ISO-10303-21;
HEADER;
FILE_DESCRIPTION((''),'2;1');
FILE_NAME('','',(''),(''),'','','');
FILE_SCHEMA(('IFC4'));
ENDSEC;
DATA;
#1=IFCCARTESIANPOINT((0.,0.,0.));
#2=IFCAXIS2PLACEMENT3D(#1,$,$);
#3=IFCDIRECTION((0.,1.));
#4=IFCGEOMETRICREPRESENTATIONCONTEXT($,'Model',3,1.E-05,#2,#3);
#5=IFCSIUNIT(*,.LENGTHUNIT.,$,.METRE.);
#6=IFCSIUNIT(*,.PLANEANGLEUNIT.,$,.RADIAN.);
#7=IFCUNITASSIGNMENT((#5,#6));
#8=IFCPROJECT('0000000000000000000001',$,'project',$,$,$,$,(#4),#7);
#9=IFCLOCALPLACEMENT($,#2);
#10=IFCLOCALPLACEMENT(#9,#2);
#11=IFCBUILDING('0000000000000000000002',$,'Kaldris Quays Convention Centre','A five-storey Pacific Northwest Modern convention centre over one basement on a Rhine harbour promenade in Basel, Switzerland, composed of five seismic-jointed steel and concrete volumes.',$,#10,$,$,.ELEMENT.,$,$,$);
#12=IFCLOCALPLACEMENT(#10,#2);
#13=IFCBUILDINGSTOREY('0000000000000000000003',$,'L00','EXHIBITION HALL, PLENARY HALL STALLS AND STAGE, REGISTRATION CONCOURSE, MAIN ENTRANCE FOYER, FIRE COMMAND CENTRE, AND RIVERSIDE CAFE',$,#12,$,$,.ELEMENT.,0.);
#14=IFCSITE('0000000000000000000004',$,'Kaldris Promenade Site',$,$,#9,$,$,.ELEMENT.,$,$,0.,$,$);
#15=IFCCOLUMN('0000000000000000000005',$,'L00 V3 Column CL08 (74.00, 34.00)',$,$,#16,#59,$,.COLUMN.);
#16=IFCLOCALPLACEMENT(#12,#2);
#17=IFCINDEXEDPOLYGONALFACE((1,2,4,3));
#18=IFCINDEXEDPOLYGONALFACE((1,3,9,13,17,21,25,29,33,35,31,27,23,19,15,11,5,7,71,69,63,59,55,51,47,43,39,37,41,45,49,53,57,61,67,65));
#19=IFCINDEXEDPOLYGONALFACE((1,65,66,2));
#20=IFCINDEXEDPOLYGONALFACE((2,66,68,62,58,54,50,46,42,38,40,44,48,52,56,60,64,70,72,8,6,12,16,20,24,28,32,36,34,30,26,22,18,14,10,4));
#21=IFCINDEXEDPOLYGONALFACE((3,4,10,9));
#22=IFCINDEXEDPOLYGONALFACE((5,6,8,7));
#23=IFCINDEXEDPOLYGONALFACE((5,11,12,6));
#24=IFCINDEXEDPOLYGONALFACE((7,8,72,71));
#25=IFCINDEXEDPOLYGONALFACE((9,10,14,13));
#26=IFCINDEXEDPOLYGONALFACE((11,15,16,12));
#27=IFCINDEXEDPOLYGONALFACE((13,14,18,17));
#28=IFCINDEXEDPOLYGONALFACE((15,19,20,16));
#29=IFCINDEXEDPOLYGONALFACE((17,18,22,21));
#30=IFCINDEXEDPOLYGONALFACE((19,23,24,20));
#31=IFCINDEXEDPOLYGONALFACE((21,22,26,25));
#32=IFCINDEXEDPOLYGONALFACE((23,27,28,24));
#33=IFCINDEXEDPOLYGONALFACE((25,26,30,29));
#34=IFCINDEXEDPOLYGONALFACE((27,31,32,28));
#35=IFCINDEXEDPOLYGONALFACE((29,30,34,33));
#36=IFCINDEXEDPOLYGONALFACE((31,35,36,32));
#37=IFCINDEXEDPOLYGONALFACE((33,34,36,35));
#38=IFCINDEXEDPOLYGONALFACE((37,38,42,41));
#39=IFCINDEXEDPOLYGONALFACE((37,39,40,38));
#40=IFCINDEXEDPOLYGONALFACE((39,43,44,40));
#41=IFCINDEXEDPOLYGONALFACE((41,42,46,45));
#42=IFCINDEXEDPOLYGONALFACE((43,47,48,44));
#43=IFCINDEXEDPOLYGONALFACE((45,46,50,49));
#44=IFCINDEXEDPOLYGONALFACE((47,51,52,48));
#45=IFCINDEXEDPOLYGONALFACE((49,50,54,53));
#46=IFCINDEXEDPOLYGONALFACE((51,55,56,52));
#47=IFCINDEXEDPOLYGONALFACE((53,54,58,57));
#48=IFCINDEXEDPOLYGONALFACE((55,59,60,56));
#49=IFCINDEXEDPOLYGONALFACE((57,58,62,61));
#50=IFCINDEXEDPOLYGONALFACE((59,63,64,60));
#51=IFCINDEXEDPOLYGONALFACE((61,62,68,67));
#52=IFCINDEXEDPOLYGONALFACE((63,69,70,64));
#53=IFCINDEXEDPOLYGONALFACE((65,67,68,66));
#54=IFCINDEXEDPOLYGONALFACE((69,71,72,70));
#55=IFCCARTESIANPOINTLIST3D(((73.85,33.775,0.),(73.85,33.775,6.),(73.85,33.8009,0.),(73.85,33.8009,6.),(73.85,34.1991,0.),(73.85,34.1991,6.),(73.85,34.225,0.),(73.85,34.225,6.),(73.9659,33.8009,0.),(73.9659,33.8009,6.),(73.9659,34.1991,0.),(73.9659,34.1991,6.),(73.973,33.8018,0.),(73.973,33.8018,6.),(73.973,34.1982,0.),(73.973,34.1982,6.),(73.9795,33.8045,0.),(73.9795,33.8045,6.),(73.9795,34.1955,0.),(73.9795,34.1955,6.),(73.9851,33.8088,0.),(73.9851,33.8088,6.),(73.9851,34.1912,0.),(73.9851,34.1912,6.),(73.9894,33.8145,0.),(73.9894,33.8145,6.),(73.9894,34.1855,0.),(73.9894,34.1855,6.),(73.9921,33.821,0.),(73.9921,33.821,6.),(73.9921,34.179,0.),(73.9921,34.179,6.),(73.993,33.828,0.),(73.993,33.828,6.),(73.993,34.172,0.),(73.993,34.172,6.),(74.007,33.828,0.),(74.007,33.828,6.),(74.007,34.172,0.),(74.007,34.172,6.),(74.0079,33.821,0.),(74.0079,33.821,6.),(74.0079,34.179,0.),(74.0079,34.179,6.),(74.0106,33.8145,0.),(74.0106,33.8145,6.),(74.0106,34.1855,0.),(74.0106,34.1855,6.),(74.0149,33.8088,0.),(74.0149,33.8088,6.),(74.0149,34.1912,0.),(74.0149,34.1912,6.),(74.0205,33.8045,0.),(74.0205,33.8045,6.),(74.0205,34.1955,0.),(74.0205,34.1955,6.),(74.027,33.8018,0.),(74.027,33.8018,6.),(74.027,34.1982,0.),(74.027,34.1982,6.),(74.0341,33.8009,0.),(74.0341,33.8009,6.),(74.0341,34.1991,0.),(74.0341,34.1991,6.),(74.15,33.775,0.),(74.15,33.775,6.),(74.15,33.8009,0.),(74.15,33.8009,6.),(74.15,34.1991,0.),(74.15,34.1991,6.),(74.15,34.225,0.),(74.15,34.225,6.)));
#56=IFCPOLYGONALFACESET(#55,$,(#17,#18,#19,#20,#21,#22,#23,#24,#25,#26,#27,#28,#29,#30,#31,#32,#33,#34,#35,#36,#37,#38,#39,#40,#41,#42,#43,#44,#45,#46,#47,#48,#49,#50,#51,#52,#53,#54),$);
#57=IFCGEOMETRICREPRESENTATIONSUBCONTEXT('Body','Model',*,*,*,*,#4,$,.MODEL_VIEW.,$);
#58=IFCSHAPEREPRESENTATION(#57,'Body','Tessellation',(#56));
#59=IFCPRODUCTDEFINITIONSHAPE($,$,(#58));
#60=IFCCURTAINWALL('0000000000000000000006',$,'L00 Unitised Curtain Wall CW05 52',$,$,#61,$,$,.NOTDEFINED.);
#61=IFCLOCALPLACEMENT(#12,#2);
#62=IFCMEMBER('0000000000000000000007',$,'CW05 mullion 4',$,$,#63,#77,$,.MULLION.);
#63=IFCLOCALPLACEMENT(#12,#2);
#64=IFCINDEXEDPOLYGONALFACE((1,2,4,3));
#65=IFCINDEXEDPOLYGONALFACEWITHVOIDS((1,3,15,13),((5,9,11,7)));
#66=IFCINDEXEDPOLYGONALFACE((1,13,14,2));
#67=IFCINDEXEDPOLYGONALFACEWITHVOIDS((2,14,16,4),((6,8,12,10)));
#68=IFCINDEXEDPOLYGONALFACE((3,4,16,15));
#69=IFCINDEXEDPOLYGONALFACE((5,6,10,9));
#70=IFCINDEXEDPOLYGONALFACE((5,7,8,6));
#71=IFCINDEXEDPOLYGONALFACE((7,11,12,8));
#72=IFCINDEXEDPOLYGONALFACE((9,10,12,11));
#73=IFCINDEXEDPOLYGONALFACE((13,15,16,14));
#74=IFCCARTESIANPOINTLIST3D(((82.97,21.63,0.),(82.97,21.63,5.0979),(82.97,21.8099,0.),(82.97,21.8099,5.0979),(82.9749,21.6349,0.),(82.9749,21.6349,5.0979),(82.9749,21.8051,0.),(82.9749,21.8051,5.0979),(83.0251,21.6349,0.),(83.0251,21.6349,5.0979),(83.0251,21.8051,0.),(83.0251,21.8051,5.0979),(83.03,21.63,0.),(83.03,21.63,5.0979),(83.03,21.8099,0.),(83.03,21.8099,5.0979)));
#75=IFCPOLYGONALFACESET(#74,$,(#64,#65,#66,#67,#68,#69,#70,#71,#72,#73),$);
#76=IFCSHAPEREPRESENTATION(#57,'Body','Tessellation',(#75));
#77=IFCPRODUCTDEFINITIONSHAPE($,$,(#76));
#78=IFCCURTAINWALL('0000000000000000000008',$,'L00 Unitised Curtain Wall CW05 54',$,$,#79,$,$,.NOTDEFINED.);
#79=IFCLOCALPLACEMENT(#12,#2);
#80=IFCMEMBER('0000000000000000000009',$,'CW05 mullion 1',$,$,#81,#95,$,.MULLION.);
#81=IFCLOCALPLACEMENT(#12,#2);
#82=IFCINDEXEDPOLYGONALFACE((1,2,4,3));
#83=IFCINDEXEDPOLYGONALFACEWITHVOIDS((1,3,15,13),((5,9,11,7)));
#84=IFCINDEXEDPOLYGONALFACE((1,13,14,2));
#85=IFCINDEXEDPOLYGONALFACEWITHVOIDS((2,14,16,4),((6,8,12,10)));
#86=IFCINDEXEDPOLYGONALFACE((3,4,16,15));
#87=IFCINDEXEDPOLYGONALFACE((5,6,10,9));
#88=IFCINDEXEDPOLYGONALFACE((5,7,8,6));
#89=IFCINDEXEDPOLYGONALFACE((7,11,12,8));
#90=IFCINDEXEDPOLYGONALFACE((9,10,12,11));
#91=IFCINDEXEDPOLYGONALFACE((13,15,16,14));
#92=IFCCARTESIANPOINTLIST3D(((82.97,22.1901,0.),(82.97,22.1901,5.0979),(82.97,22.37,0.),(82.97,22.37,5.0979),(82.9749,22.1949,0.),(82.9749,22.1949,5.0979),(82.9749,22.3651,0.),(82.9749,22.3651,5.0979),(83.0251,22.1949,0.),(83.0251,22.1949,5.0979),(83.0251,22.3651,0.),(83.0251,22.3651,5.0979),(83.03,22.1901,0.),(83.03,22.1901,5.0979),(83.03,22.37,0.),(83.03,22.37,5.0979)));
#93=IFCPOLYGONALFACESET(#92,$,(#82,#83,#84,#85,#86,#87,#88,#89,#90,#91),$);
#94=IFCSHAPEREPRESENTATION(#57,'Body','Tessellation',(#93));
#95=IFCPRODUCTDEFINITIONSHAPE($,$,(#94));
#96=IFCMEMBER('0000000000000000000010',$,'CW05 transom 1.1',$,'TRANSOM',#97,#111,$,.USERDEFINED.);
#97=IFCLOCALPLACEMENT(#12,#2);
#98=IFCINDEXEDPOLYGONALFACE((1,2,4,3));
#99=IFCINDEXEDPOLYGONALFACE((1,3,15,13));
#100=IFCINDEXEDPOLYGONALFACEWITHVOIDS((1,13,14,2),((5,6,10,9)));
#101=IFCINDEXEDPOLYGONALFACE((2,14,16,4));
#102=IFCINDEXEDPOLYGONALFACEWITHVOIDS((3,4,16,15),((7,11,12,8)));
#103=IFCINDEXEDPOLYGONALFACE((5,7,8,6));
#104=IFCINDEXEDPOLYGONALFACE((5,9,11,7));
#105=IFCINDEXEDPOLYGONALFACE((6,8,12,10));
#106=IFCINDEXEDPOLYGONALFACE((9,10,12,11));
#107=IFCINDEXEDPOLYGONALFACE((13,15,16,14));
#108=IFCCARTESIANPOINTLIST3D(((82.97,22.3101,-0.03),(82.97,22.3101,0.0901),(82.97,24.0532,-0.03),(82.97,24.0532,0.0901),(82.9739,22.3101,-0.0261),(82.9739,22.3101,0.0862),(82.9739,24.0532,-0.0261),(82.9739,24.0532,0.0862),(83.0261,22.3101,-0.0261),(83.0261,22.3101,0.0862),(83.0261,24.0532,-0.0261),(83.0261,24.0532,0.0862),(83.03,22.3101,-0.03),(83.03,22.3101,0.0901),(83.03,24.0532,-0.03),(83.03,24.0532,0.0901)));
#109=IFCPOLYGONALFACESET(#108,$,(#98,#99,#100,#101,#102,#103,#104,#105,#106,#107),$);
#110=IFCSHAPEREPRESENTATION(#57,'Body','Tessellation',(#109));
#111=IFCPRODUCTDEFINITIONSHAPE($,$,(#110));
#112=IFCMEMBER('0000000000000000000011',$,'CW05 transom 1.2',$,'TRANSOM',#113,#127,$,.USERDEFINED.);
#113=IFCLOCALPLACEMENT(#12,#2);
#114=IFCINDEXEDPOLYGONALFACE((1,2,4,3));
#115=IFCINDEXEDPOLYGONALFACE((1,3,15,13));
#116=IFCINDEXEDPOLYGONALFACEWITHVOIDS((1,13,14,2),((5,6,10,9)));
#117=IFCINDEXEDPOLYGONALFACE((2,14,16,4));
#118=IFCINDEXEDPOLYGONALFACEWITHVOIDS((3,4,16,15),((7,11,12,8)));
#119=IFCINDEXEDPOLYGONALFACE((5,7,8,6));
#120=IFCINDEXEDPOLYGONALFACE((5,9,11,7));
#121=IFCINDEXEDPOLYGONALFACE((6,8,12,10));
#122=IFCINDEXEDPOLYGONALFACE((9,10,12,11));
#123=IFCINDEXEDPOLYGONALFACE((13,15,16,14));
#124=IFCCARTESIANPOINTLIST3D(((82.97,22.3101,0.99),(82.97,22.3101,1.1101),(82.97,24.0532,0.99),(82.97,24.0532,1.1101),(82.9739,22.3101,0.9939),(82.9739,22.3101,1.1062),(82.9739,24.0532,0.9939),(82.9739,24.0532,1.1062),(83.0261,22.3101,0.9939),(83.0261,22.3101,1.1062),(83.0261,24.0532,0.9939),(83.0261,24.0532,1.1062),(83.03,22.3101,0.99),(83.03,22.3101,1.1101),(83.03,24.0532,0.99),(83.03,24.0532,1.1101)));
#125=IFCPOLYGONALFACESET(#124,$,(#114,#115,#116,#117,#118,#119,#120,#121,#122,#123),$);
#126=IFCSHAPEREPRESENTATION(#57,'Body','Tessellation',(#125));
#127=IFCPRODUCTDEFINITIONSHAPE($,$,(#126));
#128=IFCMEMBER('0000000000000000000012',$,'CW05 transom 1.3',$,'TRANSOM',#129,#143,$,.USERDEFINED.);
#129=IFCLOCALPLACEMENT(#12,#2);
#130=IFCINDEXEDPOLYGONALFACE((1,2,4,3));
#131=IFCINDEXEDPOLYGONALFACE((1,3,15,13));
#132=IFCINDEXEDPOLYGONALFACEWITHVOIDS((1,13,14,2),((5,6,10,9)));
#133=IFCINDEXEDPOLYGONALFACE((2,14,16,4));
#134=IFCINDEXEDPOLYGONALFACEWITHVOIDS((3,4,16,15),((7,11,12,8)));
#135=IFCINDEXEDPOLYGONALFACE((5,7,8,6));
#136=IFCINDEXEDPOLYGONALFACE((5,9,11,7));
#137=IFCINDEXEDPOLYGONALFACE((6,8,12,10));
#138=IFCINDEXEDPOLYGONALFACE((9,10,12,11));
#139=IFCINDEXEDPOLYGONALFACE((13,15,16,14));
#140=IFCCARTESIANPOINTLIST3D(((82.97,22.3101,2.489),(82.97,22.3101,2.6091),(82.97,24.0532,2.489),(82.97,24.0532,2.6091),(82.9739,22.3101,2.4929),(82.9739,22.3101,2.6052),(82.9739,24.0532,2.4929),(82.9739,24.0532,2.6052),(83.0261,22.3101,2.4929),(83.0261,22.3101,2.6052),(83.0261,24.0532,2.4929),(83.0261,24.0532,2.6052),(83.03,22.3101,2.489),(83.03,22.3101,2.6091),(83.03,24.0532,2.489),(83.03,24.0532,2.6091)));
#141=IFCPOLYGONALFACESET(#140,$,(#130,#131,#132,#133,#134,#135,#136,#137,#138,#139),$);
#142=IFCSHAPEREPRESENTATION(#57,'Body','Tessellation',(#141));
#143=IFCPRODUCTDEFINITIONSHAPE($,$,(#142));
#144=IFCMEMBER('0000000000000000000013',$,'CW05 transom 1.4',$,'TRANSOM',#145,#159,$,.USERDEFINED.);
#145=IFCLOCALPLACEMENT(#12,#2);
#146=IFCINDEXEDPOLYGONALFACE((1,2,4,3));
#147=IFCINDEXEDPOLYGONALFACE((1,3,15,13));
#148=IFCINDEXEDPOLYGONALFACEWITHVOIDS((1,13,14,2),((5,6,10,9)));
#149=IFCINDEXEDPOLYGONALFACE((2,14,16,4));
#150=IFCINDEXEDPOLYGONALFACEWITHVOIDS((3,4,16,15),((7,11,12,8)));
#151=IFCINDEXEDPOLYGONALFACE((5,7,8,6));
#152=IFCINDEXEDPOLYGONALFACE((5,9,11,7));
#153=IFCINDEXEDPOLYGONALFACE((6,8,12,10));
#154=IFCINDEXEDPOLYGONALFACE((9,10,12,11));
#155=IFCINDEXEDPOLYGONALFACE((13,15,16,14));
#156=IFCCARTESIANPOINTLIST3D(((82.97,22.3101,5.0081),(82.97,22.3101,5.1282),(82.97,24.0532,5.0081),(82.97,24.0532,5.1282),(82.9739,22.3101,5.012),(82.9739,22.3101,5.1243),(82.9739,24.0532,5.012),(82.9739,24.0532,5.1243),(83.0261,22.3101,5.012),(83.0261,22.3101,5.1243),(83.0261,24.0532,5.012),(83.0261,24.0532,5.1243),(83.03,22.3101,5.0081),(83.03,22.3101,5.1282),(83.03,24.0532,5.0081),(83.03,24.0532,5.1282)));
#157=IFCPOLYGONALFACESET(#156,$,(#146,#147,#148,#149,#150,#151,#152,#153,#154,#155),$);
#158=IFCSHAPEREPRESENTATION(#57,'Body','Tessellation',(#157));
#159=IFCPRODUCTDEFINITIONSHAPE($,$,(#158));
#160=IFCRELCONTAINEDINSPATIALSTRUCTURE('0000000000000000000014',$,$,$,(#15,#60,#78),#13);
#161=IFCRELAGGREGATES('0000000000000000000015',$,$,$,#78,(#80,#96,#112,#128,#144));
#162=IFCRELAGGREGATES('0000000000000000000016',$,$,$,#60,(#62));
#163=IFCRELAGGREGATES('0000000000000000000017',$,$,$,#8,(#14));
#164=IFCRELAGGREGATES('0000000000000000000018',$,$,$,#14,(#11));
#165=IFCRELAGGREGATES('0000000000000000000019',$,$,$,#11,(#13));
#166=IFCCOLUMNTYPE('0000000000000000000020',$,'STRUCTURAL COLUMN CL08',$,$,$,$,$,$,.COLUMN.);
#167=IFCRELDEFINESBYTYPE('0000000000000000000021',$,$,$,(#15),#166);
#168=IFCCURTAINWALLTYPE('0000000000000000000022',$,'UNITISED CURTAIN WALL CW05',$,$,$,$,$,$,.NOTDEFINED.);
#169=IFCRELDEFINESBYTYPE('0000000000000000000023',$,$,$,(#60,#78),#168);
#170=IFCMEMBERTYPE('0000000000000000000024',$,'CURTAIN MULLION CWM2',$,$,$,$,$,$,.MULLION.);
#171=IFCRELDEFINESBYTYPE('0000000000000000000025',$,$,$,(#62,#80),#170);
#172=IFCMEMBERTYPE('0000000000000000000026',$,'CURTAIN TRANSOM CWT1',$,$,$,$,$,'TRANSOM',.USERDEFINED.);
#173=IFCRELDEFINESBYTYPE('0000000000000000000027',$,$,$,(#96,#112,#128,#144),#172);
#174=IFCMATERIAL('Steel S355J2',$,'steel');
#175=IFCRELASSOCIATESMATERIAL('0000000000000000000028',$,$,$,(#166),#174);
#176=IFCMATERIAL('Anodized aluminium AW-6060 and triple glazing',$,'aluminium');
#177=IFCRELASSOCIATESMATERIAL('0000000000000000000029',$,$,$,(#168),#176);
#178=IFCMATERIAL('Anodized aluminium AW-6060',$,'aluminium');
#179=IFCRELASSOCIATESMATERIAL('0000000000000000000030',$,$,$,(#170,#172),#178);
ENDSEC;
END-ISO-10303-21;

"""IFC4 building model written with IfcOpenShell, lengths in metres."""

from ifc_helpers import new_model, si_unit, direction, frame, origin, origin_2d, place, context, subcontext, project, spatial, hollow_rectangle, i_section, extrude, material, material_profile, profile_set, type_object, element, aggregate, save


model = new_model("IFC4")

# Units and contexts
model_context = context("Model", 3, precision=1e-05, world=origin(), true_north=direction((0.0, 1.0)))
body_context = subcontext(model_context, "Body", "Model", "MODEL_VIEW")
ifc_project = project(units=[si_unit("LENGTHUNIT", "METRE"), si_unit("PLANEANGLEUNIT", "RADIAN")], contexts=[model_context])

# Site, building, storey
site_placement = place(None, origin())
site = spatial("IfcSite", under=ifc_project, at=site_placement, Name="Kaldris Promenade Site", CompositionType="ELEMENT", RefElevation=0.0)
building_placement = place(site_placement, origin())
building = spatial("IfcBuilding", under=site, at=building_placement, Name="Kaldris Quays Convention Centre", Description="A five-storey Pacific Northwest Modern convention centre over one basement on a Rhine harbour promenade in Basel, Switzerland, composed of five seismic-jointed steel and concrete volumes.", CompositionType="ELEMENT")
storey_placement = place(building_placement, origin())
storey = spatial("IfcBuildingStorey", under=building, at=storey_placement, Name="L00", Description="EXHIBITION HALL, PLENARY HALL STALLS AND STAGE, REGISTRATION CONCOURSE, MAIN ENTRANCE FOYER, FIRE COMMAND CENTRE, AND RIVERSIDE CAFE", CompositionType="ELEMENT", Elevation=0.0)

# Column
ifc_material_1 = material(Name="Steel S355J2", Category="steel")
ifc_material_profile_1 = material_profile(ifc_material_1, i_section(OverallWidth=0.3, OverallDepth=0.45, WebThickness=0.0139, FlangeThickness=0.0259, FilletRadius=0.0271, at=origin_2d()), Name="HEB 450")
ifc_profile_set_1 = profile_set([ifc_material_profile_1], Name="Steel S355J2")
column_type_1 = type_object("IfcColumnType", Name="STRUCTURAL COLUMN CL08", PredefinedType="COLUMN", material=ifc_profile_set_1)
for number, where, z_axis, x_axis, name in (
    (1, (74.0, 34.0, 0.0), (0.0, 0.0, 1.0), (1.0, 0.0, 0.0), "L00 V3 Column CL08 (74.00, 34.00)"),
):
    element("IfcColumn", number, at=place(storey_placement, frame(where, z_axis=z_axis, x_axis=x_axis)), inside=storey, type_object=column_type_1, Name=name, PredefinedType="COLUMN", context=body_context, shape_type="SweptSolid", body=[
        extrude(i_section(OverallWidth=0.3, OverallDepth=0.45, WebThickness=0.0139, FlangeThickness=0.0259, FilletRadius=0.0271, at=origin_2d()), origin(), (0.0, 0.0, 1.0), 6.0),
    ])

# Curtain wall, member
ifc_material_2 = material(Name="Anodized aluminium AW-6060 and triple glazing", Category="aluminium")
curtain_wall_type = type_object("IfcCurtainWallType", Name="UNITISED CURTAIN WALL CW05", PredefinedType="NOTDEFINED", material=ifc_material_2)
curtain_wall_1_placement = place(storey_placement, origin())
curtain_wall_1 = element("IfcCurtainWall", 2, at=curtain_wall_1_placement, inside=storey, type_object=curtain_wall_type, Name="L00 Unitised Curtain Wall CW05 52", PredefinedType="NOTDEFINED")
ifc_material_3 = material(Name="Anodized aluminium AW-6060", Category="aluminium")
ifc_material_profile_2 = material_profile(ifc_material_3, hollow_rectangle(XDim=0.0601, YDim=0.1799, WallThickness=0.0049, at=origin_2d()), Name="RHS 180x60x5")
ifc_profile_set_2 = profile_set([ifc_material_profile_2], Name="Anodized aluminium AW-6060")
member_type_1 = type_object("IfcMemberType", Name="CURTAIN MULLION CWM2", PredefinedType="MULLION", material=ifc_profile_set_2)
member_1_placement = place(storey_placement, frame((83.0, 21.72, 0.0), z_axis=(0.0, 0.0, 1.0), x_axis=(-1.0, 0.0, 0.0)))
member_1 = element("IfcMember", 3, at=member_1_placement, type_object=member_type_1, Name="CW05 mullion 4", PredefinedType="MULLION", context=body_context, shape_type="SweptSolid", body=[
    extrude(hollow_rectangle(XDim=0.0601, YDim=0.1799, WallThickness=0.0049, at=origin_2d()), origin(), (0.0, 0.0, 1.0), 5.0979),
])

# Curtain wall, members
curtain_wall_2_placement = place(storey_placement, origin())
curtain_wall_2 = element("IfcCurtainWall", 4, at=curtain_wall_2_placement, inside=storey, type_object=curtain_wall_type, Name="L00 Unitised Curtain Wall CW05 54", PredefinedType="NOTDEFINED")
member_2_placement = place(storey_placement, frame((83.0, 22.28, 0.0), z_axis=(0.0, 0.0, 1.0), x_axis=(-1.0, 0.0, 0.0)))
member_2 = element("IfcMember", 5, at=member_2_placement, type_object=member_type_1, Name="CW05 mullion 1", PredefinedType="MULLION", context=body_context, shape_type="SweptSolid", body=[
    extrude(hollow_rectangle(XDim=0.0601, YDim=0.1799, WallThickness=0.0049, at=origin_2d()), origin(), (0.0, 0.0, 1.0), 5.0979),
])
ifc_material_profile_3 = material_profile(ifc_material_3, hollow_rectangle(XDim=0.0601, YDim=0.1201, WallThickness=0.0039, at=origin_2d()), Name="RHS 120x60x4")
ifc_profile_set_3 = profile_set([ifc_material_profile_3], Name="Anodized aluminium AW-6060")
member_type_2 = type_object("IfcMemberType", Name="CURTAIN TRANSOM CWT1", ElementType="TRANSOM", PredefinedType="USERDEFINED", material=ifc_profile_set_3)
member_3_placement = place(storey_placement, frame((83.0, 22.3101, 0.03), z_axis=(0.0, 1.0, 0.0), x_axis=(-1.0, 0.0, 0.0)))
member_3 = element("IfcMember", 6, at=member_3_placement, type_object=member_type_2, Name="CW05 transom 1.1", ObjectType="TRANSOM", PredefinedType="USERDEFINED", context=body_context, shape_type="SweptSolid", body=[
    extrude(hollow_rectangle(XDim=0.0601, YDim=0.1201, WallThickness=0.0039, at=origin_2d()), origin(), (0.0, 0.0, 1.0), 1.7432),
])
member_4_placement = place(storey_placement, frame((83.0, 22.3101, 1.05), z_axis=(0.0, 1.0, 0.0), x_axis=(-1.0, 0.0, 0.0)))
member_4 = element("IfcMember", 7, at=member_4_placement, type_object=member_type_2, Name="CW05 transom 1.2", ObjectType="TRANSOM", PredefinedType="USERDEFINED", context=body_context, shape_type="SweptSolid", body=[
    extrude(hollow_rectangle(XDim=0.0601, YDim=0.1201, WallThickness=0.0039, at=origin_2d()), origin(), (0.0, 0.0, 1.0), 1.7432),
])
member_5_placement = place(storey_placement, frame((83.0, 22.3101, 2.5491), z_axis=(0.0, 1.0, 0.0), x_axis=(-1.0, 0.0, 0.0)))
member_5 = element("IfcMember", 8, at=member_5_placement, type_object=member_type_2, Name="CW05 transom 1.3", ObjectType="TRANSOM", PredefinedType="USERDEFINED", context=body_context, shape_type="SweptSolid", body=[
    extrude(hollow_rectangle(XDim=0.0601, YDim=0.1201, WallThickness=0.0039, at=origin_2d()), origin(), (0.0, 0.0, 1.0), 1.7432),
])
member_6_placement = place(storey_placement, frame((83.0, 22.3101, 5.0681), z_axis=(0.0, 1.0, 0.0), x_axis=(-1.0, 0.0, 0.0)))
member_6 = element("IfcMember", 9, at=member_6_placement, type_object=member_type_2, Name="CW05 transom 1.4", ObjectType="TRANSOM", PredefinedType="USERDEFINED", context=body_context, shape_type="SweptSolid", body=[
    extrude(hollow_rectangle(XDim=0.0601, YDim=0.1201, WallThickness=0.0039, at=origin_2d()), origin(), (0.0, 0.0, 1.0), 1.7432),
])
aggregate(curtain_wall_2, [member_2, member_3, member_4, member_5, member_6])

aggregate(curtain_wall_1, [member_1])

save(model, "model.ifc")
